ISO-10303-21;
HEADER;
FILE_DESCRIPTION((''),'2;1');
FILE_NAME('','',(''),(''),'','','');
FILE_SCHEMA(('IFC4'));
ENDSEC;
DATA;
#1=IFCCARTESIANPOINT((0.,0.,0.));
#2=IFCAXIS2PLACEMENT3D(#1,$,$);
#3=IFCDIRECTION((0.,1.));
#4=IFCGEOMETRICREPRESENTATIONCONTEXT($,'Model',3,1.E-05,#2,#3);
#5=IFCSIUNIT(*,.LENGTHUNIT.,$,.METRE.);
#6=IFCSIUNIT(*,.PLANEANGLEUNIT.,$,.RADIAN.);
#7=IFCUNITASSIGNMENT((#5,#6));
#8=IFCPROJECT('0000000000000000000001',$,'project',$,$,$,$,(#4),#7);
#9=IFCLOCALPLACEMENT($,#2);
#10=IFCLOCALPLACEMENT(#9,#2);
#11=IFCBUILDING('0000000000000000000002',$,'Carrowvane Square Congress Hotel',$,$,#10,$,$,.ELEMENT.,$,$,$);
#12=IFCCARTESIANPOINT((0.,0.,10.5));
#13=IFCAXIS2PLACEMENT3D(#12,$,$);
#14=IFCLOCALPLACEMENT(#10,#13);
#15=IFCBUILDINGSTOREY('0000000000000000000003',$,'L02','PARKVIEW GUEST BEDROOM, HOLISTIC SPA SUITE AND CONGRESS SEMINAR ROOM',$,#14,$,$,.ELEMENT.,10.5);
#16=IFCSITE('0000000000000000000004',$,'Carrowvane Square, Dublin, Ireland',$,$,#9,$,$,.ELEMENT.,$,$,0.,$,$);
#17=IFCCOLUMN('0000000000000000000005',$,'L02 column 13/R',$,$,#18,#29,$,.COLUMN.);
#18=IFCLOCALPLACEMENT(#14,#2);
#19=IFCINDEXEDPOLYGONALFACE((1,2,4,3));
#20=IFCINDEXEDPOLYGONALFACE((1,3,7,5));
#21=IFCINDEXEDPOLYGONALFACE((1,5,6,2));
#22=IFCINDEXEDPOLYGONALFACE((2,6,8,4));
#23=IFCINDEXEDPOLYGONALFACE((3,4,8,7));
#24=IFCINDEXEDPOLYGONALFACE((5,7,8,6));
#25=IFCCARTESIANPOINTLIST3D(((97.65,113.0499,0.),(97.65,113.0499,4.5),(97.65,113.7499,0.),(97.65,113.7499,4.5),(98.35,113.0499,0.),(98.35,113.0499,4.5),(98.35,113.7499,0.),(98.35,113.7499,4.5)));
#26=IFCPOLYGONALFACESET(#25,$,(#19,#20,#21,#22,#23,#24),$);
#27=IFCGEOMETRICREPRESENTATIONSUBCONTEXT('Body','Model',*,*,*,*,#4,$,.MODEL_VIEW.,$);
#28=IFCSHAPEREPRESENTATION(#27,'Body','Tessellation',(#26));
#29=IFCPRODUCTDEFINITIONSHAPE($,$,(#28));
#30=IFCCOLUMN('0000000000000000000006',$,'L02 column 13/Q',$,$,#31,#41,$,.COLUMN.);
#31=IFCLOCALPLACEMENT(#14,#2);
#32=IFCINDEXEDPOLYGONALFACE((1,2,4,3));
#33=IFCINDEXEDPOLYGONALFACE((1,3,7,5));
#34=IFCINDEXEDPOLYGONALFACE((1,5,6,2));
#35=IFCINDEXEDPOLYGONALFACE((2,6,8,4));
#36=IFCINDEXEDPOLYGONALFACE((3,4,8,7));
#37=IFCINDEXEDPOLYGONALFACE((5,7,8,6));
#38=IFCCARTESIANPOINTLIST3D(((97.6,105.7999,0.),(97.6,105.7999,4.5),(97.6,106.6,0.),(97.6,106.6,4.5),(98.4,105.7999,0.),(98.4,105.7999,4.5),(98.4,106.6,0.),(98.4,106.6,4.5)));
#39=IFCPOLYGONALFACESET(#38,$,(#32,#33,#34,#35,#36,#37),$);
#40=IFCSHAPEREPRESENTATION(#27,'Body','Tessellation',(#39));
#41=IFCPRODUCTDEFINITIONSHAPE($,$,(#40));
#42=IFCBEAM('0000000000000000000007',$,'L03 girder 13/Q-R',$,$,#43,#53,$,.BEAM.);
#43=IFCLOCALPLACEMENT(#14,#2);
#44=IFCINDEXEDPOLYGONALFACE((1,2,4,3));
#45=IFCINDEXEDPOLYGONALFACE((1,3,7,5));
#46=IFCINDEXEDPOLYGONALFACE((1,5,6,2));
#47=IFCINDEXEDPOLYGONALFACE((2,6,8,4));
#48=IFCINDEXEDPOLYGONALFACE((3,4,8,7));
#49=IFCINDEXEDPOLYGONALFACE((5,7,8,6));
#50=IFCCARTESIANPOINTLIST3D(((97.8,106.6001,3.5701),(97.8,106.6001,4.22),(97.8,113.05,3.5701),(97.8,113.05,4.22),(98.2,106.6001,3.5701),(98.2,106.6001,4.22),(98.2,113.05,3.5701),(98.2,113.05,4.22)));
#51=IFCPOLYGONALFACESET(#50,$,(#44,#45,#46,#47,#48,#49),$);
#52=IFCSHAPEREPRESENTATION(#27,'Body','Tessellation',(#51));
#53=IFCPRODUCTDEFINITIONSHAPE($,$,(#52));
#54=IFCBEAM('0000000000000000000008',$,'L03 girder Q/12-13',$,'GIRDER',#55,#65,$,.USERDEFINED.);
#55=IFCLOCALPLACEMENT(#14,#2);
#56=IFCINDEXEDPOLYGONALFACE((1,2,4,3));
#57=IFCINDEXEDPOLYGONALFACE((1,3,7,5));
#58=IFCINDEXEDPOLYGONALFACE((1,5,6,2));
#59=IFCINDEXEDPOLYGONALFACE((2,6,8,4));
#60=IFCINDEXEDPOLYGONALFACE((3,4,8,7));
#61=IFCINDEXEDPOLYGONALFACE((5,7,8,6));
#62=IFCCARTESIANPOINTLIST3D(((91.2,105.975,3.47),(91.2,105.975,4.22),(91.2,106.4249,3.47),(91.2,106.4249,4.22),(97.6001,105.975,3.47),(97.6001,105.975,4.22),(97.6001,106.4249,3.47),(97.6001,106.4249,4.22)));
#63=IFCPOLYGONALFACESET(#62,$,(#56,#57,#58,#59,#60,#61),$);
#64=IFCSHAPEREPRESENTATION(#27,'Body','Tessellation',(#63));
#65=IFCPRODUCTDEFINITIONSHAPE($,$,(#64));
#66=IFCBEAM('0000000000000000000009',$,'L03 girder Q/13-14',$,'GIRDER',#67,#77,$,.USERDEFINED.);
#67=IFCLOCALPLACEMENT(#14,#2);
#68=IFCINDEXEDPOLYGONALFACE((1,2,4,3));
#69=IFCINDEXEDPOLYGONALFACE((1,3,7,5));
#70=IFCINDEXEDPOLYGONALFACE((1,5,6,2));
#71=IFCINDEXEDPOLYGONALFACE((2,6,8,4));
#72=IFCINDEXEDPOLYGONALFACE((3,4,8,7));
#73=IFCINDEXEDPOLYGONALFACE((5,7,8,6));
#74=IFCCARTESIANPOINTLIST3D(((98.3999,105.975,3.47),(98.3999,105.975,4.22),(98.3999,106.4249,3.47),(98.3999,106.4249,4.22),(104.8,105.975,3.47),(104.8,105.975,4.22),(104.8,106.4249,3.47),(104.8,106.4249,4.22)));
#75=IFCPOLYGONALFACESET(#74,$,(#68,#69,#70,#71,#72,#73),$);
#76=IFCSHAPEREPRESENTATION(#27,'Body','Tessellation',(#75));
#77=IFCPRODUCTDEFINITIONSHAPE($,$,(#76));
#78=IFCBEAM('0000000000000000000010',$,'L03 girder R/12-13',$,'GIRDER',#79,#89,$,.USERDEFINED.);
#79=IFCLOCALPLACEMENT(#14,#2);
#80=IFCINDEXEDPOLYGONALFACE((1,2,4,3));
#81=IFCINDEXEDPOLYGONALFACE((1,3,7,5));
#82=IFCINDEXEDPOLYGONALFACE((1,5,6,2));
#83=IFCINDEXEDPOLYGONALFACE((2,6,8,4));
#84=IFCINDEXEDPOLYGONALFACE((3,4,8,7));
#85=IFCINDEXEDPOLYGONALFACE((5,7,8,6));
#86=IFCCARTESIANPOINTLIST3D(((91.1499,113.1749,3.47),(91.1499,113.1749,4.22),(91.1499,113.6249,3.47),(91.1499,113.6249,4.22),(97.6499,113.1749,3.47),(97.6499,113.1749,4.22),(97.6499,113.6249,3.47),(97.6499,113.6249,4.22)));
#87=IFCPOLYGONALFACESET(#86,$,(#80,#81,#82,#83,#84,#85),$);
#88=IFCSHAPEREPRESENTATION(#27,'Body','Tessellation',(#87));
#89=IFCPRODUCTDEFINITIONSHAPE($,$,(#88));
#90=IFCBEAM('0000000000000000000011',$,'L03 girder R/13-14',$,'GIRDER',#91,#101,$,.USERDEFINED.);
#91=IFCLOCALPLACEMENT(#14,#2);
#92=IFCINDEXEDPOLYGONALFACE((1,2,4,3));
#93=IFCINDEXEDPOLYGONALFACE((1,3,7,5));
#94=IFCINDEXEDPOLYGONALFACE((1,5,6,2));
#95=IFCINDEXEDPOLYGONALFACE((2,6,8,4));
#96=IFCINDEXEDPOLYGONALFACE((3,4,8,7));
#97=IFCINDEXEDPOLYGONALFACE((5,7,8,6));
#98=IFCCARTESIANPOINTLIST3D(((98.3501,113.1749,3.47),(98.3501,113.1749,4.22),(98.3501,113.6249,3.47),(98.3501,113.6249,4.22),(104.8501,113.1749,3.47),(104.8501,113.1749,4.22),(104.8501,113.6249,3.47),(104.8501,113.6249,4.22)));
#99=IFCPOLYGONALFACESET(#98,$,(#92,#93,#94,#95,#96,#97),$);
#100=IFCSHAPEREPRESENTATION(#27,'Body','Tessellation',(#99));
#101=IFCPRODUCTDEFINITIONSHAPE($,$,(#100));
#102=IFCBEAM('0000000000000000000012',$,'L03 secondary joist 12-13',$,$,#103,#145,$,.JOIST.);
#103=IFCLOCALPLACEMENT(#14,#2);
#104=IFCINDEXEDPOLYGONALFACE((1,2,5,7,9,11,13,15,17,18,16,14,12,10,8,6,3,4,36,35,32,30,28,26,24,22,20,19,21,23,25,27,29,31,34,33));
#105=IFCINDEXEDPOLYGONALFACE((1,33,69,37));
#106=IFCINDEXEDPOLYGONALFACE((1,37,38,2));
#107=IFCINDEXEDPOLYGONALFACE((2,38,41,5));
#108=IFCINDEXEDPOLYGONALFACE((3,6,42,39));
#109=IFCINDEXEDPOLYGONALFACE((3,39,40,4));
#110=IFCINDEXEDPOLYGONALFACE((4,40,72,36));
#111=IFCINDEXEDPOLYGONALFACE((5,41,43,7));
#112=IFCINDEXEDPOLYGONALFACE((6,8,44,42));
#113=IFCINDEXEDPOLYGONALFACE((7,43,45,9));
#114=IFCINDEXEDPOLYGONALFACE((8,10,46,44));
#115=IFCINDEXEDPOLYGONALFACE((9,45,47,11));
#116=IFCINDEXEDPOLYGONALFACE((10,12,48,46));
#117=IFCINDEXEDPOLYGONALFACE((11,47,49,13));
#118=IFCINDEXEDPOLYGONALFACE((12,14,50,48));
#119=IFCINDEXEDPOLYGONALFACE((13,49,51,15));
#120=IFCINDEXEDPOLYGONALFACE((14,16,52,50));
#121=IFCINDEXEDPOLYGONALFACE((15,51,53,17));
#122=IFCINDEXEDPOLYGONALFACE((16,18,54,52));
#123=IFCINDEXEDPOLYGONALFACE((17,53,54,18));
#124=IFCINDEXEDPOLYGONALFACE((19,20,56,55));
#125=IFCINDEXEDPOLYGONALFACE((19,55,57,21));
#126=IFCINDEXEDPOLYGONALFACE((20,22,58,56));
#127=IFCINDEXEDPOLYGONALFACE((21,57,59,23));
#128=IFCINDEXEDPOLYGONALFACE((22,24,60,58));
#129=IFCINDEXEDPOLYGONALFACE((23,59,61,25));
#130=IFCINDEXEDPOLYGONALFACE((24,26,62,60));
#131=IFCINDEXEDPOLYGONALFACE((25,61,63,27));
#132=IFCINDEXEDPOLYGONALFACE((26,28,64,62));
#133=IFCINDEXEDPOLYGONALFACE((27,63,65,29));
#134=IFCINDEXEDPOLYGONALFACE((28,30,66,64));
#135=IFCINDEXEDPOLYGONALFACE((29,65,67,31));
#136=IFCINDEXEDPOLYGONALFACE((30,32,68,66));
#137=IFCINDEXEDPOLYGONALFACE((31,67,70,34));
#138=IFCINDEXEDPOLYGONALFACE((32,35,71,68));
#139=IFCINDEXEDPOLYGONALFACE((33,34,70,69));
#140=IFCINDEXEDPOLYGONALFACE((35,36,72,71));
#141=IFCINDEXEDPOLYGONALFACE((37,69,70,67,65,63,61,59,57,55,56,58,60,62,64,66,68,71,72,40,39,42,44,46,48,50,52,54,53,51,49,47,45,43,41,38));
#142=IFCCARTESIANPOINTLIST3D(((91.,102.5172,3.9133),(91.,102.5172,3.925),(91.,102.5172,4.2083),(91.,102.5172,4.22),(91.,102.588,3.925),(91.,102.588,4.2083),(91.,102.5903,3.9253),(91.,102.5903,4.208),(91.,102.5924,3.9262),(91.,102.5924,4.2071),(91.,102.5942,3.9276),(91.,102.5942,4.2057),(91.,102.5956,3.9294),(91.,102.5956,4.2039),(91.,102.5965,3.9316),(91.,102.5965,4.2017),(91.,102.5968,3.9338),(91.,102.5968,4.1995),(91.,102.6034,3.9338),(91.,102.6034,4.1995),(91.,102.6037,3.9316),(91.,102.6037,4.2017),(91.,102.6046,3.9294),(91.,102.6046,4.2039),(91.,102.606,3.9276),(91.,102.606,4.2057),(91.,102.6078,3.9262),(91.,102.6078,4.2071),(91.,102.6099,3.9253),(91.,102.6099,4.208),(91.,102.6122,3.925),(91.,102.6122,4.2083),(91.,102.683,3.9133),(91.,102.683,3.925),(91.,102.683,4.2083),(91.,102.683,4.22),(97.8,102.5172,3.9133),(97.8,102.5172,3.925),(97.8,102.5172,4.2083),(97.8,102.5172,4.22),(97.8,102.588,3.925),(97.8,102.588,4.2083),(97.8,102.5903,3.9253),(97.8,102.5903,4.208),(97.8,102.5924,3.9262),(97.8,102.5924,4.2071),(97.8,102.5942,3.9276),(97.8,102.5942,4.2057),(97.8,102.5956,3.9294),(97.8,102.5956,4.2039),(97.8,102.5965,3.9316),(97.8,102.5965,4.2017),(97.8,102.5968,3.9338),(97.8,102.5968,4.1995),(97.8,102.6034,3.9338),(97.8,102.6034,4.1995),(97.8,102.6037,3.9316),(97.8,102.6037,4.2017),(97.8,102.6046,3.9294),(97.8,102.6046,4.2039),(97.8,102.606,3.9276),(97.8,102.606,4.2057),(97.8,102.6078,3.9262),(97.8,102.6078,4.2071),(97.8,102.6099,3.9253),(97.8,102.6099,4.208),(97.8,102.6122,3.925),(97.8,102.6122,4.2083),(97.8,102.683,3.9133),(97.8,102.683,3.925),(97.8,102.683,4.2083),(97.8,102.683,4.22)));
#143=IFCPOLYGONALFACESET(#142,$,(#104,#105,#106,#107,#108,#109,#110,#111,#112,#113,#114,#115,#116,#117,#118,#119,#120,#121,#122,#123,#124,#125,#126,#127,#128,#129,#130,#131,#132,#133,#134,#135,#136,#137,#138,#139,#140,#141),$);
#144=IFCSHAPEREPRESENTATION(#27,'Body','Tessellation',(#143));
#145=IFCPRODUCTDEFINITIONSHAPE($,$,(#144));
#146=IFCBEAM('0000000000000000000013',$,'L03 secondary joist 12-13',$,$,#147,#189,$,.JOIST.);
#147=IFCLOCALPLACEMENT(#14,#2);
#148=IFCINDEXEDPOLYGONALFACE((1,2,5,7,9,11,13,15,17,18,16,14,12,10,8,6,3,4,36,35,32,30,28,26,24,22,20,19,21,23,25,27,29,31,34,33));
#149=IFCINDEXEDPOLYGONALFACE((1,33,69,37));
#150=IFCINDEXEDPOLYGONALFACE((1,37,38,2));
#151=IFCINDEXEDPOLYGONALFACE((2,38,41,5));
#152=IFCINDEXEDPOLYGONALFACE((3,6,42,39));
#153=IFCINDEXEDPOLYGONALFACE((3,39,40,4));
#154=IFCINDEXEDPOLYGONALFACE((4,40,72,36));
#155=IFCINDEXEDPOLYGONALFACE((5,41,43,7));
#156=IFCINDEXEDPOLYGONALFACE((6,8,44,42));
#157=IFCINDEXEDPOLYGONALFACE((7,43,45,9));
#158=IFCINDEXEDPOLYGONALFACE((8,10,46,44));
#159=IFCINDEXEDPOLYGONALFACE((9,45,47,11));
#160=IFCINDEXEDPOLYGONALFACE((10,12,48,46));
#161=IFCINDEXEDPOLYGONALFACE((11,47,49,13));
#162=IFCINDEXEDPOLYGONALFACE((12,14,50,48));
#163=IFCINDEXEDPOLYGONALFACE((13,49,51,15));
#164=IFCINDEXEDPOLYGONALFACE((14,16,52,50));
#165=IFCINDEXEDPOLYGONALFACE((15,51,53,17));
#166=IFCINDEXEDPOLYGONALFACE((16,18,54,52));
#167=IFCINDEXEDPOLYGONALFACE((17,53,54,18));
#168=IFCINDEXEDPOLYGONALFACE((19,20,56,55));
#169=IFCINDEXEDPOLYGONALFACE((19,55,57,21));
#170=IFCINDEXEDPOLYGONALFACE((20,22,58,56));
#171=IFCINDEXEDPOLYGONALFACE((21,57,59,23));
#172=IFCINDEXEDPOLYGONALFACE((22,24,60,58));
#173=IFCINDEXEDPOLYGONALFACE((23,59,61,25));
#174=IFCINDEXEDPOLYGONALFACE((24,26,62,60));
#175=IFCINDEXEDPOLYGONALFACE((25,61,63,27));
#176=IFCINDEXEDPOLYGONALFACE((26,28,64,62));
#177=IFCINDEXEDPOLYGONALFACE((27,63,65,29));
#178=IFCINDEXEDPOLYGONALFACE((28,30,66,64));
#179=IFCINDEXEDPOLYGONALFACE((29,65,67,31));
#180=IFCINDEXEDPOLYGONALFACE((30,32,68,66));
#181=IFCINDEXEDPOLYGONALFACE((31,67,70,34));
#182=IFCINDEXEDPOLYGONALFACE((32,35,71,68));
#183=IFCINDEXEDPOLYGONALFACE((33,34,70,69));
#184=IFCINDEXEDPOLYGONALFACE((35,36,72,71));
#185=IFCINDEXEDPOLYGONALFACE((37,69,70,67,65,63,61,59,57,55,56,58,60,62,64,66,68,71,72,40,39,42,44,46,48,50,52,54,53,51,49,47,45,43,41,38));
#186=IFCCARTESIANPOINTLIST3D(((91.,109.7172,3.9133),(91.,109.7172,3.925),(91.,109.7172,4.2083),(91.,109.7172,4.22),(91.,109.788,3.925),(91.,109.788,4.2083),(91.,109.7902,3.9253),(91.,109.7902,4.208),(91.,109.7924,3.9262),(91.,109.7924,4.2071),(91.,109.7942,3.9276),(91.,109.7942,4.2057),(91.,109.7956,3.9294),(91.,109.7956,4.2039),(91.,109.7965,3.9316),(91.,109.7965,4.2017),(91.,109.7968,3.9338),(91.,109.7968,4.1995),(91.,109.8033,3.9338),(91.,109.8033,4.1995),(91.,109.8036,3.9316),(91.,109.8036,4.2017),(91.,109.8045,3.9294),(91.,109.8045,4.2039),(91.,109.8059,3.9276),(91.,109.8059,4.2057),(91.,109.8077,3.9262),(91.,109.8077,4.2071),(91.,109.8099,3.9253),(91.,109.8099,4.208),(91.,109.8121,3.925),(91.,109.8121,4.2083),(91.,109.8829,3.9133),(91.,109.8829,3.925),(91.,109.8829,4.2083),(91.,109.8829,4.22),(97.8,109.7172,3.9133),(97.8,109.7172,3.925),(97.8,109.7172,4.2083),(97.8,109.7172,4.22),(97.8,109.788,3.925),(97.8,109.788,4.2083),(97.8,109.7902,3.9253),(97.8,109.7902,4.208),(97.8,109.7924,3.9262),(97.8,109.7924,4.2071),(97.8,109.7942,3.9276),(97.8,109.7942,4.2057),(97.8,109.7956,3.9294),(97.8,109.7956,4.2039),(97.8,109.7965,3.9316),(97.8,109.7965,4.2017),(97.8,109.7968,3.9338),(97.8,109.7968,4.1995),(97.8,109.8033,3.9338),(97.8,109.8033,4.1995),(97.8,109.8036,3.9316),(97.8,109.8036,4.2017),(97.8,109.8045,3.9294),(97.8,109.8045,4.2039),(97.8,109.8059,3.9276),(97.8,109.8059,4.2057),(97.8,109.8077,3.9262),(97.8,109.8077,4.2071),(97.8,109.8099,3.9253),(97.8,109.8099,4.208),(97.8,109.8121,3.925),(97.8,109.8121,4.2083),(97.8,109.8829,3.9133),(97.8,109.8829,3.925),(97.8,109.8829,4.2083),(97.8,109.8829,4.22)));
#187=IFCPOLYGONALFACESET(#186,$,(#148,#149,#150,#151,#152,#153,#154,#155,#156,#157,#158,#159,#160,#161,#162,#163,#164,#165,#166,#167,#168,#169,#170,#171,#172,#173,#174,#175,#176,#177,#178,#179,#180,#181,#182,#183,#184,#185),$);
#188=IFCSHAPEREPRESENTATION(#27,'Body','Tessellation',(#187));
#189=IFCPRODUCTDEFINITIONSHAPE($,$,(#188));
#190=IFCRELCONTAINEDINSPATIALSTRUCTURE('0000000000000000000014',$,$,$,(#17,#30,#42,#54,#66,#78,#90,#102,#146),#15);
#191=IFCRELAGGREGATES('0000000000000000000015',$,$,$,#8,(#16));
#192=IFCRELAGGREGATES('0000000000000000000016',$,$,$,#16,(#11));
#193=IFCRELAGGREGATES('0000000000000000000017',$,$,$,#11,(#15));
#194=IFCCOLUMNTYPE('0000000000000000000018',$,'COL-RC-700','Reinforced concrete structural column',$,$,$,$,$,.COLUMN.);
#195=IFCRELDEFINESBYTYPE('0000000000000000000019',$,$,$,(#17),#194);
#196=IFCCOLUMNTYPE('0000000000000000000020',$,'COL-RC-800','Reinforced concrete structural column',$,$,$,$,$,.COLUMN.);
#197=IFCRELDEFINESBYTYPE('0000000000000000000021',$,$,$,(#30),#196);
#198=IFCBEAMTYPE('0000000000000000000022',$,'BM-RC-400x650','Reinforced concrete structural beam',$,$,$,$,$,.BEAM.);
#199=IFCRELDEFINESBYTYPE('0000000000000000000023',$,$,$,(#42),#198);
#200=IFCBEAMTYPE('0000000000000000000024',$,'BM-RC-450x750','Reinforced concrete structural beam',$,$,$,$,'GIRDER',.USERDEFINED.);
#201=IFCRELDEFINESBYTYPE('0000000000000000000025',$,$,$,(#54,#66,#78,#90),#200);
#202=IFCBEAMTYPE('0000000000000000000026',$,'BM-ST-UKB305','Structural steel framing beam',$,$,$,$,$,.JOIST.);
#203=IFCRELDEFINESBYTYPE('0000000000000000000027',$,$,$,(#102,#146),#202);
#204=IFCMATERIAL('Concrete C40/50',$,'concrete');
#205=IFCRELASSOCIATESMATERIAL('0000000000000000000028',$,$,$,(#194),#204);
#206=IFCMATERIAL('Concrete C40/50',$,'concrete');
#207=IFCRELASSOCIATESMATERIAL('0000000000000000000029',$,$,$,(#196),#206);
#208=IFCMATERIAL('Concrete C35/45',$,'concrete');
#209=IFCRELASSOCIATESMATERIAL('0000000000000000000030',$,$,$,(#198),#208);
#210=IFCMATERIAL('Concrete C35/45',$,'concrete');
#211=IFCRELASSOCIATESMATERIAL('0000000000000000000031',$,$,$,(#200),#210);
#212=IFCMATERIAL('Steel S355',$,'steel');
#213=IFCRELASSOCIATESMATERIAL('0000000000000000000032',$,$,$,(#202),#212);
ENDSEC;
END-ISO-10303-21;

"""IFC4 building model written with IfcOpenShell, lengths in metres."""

from ifc_helpers import new_model, si_unit, direction, frame, origin, origin_2d, place, context, subcontext, project, spatial, rectangle, i_section, extrude, material, material_profile, profile_set, type_object, element, save


model = new_model("IFC4")

# Units and contexts
model_context = context("Model", 3, precision=1e-05, world=origin(), true_north=direction((0.0, 1.0)))
body_context = subcontext(model_context, "Body", "Model", "MODEL_VIEW")
ifc_project = project(units=[si_unit("LENGTHUNIT", "METRE"), si_unit("PLANEANGLEUNIT", "RADIAN")], contexts=[model_context])

# Site, building, storey
site_placement = place(None, origin())
site = spatial("IfcSite", under=ifc_project, at=site_placement, Name="Carrowvane Square, Dublin, Ireland", CompositionType="ELEMENT", RefElevation=0.0)
building_placement = place(site_placement, origin())
building = spatial("IfcBuilding", under=site, at=building_placement, Name="Carrowvane Square Congress Hotel", CompositionType="ELEMENT")
storey_placement = place(building_placement, frame((0.0, 0.0, 10.5)))
storey = spatial("IfcBuildingStorey", under=building, at=storey_placement, Name="L02", Description="PARKVIEW GUEST BEDROOM, HOLISTIC SPA SUITE AND CONGRESS SEMINAR ROOM", CompositionType="ELEMENT", Elevation=10.5)

# Columns
ifc_material_1 = material(Name="Concrete C40/50", Category="concrete")
ifc_material_profile_1 = material_profile(ifc_material_1, rectangle(XDim=0.7, YDim=0.7, at=origin_2d()), Name="RC 700x700")
ifc_profile_set_1 = profile_set([ifc_material_profile_1], Name="Concrete C40/50")
column_type_1 = type_object("IfcColumnType", Name="COL-RC-700", Description="Reinforced concrete structural column", PredefinedType="COLUMN", material=ifc_profile_set_1)
column_1_placement = place(storey_placement, frame((98.0, 113.3999, 0.0), z_axis=(0.0, 0.0, 1.0), x_axis=(1.0, 0.0, 0.0)))
element("IfcColumn", 1, at=column_1_placement, inside=storey, type_object=column_type_1, Name="L02 column 13/R", PredefinedType="COLUMN", context=body_context, shape_type="SweptSolid", body=[
    extrude(rectangle(XDim=0.7, YDim=0.7, at=origin_2d()), origin(), (0.0, 0.0, 1.0), 4.5),
])
ifc_material_2 = material(Name="Concrete C40/50", Category="concrete")
ifc_material_profile_2 = material_profile(ifc_material_2, rectangle(XDim=0.8, YDim=0.8, at=origin_2d()), Name="RC 800x800")
ifc_profile_set_2 = profile_set([ifc_material_profile_2], Name="Concrete C40/50")
column_type_2 = type_object("IfcColumnType", Name="COL-RC-800", Description="Reinforced concrete structural column", PredefinedType="COLUMN", material=ifc_profile_set_2)
column_2_placement = place(storey_placement, frame((98.0, 106.2, 0.0), z_axis=(0.0, 0.0, 1.0), x_axis=(1.0, 0.0, 0.0)))
element("IfcColumn", 2, at=column_2_placement, inside=storey, type_object=column_type_2, Name="L02 column 13/Q", PredefinedType="COLUMN", context=body_context, shape_type="SweptSolid", body=[
    extrude(rectangle(XDim=0.8, YDim=0.8, at=origin_2d()), origin(), (0.0, 0.0, 1.0), 4.5),
])

# Beams
ifc_material_3 = material(Name="Concrete C35/45", Category="concrete")
ifc_material_profile_3 = material_profile(ifc_material_3, rectangle(XDim=0.3999, YDim=0.6499, at=origin_2d()), Name="RC 400x650")
ifc_profile_set_3 = profile_set([ifc_material_profile_3], Name="Concrete C35/45")
beam_type_1 = type_object("IfcBeamType", Name="BM-RC-400x650", Description="Reinforced concrete structural beam", PredefinedType="BEAM", material=ifc_profile_set_3)
beam_1_placement = place(storey_placement, frame((98.0, 106.6001, 3.895), z_axis=(0.0, 1.0, 0.0), x_axis=(-1.0, 0.0, 0.0)))
element("IfcBeam", 3, at=beam_1_placement, inside=storey, type_object=beam_type_1, Name="L03 girder 13/Q-R", PredefinedType="BEAM", context=body_context, shape_type="SweptSolid", body=[
    extrude(rectangle(XDim=0.3999, YDim=0.6499, at=origin_2d()), origin(), (0.0, 0.0, 1.0), 6.45),
])
ifc_material_4 = material(Name="Concrete C35/45", Category="concrete")
ifc_material_profile_4 = material_profile(ifc_material_4, rectangle(XDim=0.45, YDim=0.75, at=origin_2d()), Name="RC 450x750")
ifc_profile_set_4 = profile_set([ifc_material_profile_4], Name="Concrete C35/45")
beam_type_2 = type_object("IfcBeamType", Name="BM-RC-450x750", Description="Reinforced concrete structural beam", ElementType="GIRDER", PredefinedType="USERDEFINED", material=ifc_profile_set_4)
for number, where, z_axis, x_axis, name in (
    (4, (91.2, 106.2, 3.845), (1.0, 0.0, 0.0), (0.0, 1.0, 0.0), "L03 girder Q/12-13"),
    (5, (98.3999, 106.2, 3.845), (1.0, 0.0, 0.0), (0.0, 1.0, 0.0), "L03 girder Q/13-14"),
):
    element("IfcBeam", number, at=place(storey_placement, frame(where, z_axis=z_axis, x_axis=x_axis)), inside=storey, type_object=beam_type_2, Name=name, ObjectType="GIRDER", PredefinedType="USERDEFINED", context=body_context, shape_type="SweptSolid", body=[
        extrude(rectangle(XDim=0.45, YDim=0.75, at=origin_2d()), origin(), (0.0, 0.0, 1.0), 6.4001),
    ])
for number, where, z_axis, x_axis, name in (
    (6, (91.1499, 113.3999, 3.845), (1.0, 0.0, 0.0), (0.0, 1.0, 0.0), "L03 girder R/12-13"),
    (7, (98.3501, 113.3999, 3.845), (1.0, 0.0, 0.0), (0.0, 1.0, 0.0), "L03 girder R/13-14"),
):
    element("IfcBeam", number, at=place(storey_placement, frame(where, z_axis=z_axis, x_axis=x_axis)), inside=storey, type_object=beam_type_2, Name=name, ObjectType="GIRDER", PredefinedType="USERDEFINED", context=body_context, shape_type="SweptSolid", body=[
        extrude(rectangle(XDim=0.45, YDim=0.75, at=origin_2d()), origin(), (0.0, 0.0, 1.0), 6.5),
    ])
ifc_material_5 = material(Name="Steel S355", Category="steel")
ifc_material_profile_5 = material_profile(ifc_material_5, i_section(OverallWidth=0.1658, OverallDepth=0.3066, WebThickness=0.0066, FlangeThickness=0.0117, FilletRadius=0.0088, at=origin_2d()), Name="UKB 305x165x46")
ifc_profile_set_5 = profile_set([ifc_material_profile_5], Name="Steel S355")
beam_type_3 = type_object("IfcBeamType", Name="BM-ST-UKB305", Description="Structural steel framing beam", PredefinedType="JOIST", material=ifc_profile_set_5)
for number, where, z_axis, x_axis, name in (
    (8, (91.0, 102.6001, 4.0667), (1.0, 0.0, 0.0), (0.0, 1.0, 0.0), "L03 secondary joist 12-13"),
    (9, (91.0, 109.8, 4.0667), (1.0, 0.0, 0.0), (0.0, 1.0, 0.0), "L03 secondary joist 12-13"),
):
    element("IfcBeam", number, at=place(storey_placement, frame(where, z_axis=z_axis, x_axis=x_axis)), inside=storey, type_object=beam_type_3, Name=name, PredefinedType="JOIST", context=body_context, shape_type="SweptSolid", body=[
        extrude(i_section(OverallWidth=0.1658, OverallDepth=0.3066, WebThickness=0.0066, FlangeThickness=0.0117, FilletRadius=0.0088, at=origin_2d()), origin(), (0.0, 0.0, 1.0), 6.8),
    ])

save(model, "model.ifc")
